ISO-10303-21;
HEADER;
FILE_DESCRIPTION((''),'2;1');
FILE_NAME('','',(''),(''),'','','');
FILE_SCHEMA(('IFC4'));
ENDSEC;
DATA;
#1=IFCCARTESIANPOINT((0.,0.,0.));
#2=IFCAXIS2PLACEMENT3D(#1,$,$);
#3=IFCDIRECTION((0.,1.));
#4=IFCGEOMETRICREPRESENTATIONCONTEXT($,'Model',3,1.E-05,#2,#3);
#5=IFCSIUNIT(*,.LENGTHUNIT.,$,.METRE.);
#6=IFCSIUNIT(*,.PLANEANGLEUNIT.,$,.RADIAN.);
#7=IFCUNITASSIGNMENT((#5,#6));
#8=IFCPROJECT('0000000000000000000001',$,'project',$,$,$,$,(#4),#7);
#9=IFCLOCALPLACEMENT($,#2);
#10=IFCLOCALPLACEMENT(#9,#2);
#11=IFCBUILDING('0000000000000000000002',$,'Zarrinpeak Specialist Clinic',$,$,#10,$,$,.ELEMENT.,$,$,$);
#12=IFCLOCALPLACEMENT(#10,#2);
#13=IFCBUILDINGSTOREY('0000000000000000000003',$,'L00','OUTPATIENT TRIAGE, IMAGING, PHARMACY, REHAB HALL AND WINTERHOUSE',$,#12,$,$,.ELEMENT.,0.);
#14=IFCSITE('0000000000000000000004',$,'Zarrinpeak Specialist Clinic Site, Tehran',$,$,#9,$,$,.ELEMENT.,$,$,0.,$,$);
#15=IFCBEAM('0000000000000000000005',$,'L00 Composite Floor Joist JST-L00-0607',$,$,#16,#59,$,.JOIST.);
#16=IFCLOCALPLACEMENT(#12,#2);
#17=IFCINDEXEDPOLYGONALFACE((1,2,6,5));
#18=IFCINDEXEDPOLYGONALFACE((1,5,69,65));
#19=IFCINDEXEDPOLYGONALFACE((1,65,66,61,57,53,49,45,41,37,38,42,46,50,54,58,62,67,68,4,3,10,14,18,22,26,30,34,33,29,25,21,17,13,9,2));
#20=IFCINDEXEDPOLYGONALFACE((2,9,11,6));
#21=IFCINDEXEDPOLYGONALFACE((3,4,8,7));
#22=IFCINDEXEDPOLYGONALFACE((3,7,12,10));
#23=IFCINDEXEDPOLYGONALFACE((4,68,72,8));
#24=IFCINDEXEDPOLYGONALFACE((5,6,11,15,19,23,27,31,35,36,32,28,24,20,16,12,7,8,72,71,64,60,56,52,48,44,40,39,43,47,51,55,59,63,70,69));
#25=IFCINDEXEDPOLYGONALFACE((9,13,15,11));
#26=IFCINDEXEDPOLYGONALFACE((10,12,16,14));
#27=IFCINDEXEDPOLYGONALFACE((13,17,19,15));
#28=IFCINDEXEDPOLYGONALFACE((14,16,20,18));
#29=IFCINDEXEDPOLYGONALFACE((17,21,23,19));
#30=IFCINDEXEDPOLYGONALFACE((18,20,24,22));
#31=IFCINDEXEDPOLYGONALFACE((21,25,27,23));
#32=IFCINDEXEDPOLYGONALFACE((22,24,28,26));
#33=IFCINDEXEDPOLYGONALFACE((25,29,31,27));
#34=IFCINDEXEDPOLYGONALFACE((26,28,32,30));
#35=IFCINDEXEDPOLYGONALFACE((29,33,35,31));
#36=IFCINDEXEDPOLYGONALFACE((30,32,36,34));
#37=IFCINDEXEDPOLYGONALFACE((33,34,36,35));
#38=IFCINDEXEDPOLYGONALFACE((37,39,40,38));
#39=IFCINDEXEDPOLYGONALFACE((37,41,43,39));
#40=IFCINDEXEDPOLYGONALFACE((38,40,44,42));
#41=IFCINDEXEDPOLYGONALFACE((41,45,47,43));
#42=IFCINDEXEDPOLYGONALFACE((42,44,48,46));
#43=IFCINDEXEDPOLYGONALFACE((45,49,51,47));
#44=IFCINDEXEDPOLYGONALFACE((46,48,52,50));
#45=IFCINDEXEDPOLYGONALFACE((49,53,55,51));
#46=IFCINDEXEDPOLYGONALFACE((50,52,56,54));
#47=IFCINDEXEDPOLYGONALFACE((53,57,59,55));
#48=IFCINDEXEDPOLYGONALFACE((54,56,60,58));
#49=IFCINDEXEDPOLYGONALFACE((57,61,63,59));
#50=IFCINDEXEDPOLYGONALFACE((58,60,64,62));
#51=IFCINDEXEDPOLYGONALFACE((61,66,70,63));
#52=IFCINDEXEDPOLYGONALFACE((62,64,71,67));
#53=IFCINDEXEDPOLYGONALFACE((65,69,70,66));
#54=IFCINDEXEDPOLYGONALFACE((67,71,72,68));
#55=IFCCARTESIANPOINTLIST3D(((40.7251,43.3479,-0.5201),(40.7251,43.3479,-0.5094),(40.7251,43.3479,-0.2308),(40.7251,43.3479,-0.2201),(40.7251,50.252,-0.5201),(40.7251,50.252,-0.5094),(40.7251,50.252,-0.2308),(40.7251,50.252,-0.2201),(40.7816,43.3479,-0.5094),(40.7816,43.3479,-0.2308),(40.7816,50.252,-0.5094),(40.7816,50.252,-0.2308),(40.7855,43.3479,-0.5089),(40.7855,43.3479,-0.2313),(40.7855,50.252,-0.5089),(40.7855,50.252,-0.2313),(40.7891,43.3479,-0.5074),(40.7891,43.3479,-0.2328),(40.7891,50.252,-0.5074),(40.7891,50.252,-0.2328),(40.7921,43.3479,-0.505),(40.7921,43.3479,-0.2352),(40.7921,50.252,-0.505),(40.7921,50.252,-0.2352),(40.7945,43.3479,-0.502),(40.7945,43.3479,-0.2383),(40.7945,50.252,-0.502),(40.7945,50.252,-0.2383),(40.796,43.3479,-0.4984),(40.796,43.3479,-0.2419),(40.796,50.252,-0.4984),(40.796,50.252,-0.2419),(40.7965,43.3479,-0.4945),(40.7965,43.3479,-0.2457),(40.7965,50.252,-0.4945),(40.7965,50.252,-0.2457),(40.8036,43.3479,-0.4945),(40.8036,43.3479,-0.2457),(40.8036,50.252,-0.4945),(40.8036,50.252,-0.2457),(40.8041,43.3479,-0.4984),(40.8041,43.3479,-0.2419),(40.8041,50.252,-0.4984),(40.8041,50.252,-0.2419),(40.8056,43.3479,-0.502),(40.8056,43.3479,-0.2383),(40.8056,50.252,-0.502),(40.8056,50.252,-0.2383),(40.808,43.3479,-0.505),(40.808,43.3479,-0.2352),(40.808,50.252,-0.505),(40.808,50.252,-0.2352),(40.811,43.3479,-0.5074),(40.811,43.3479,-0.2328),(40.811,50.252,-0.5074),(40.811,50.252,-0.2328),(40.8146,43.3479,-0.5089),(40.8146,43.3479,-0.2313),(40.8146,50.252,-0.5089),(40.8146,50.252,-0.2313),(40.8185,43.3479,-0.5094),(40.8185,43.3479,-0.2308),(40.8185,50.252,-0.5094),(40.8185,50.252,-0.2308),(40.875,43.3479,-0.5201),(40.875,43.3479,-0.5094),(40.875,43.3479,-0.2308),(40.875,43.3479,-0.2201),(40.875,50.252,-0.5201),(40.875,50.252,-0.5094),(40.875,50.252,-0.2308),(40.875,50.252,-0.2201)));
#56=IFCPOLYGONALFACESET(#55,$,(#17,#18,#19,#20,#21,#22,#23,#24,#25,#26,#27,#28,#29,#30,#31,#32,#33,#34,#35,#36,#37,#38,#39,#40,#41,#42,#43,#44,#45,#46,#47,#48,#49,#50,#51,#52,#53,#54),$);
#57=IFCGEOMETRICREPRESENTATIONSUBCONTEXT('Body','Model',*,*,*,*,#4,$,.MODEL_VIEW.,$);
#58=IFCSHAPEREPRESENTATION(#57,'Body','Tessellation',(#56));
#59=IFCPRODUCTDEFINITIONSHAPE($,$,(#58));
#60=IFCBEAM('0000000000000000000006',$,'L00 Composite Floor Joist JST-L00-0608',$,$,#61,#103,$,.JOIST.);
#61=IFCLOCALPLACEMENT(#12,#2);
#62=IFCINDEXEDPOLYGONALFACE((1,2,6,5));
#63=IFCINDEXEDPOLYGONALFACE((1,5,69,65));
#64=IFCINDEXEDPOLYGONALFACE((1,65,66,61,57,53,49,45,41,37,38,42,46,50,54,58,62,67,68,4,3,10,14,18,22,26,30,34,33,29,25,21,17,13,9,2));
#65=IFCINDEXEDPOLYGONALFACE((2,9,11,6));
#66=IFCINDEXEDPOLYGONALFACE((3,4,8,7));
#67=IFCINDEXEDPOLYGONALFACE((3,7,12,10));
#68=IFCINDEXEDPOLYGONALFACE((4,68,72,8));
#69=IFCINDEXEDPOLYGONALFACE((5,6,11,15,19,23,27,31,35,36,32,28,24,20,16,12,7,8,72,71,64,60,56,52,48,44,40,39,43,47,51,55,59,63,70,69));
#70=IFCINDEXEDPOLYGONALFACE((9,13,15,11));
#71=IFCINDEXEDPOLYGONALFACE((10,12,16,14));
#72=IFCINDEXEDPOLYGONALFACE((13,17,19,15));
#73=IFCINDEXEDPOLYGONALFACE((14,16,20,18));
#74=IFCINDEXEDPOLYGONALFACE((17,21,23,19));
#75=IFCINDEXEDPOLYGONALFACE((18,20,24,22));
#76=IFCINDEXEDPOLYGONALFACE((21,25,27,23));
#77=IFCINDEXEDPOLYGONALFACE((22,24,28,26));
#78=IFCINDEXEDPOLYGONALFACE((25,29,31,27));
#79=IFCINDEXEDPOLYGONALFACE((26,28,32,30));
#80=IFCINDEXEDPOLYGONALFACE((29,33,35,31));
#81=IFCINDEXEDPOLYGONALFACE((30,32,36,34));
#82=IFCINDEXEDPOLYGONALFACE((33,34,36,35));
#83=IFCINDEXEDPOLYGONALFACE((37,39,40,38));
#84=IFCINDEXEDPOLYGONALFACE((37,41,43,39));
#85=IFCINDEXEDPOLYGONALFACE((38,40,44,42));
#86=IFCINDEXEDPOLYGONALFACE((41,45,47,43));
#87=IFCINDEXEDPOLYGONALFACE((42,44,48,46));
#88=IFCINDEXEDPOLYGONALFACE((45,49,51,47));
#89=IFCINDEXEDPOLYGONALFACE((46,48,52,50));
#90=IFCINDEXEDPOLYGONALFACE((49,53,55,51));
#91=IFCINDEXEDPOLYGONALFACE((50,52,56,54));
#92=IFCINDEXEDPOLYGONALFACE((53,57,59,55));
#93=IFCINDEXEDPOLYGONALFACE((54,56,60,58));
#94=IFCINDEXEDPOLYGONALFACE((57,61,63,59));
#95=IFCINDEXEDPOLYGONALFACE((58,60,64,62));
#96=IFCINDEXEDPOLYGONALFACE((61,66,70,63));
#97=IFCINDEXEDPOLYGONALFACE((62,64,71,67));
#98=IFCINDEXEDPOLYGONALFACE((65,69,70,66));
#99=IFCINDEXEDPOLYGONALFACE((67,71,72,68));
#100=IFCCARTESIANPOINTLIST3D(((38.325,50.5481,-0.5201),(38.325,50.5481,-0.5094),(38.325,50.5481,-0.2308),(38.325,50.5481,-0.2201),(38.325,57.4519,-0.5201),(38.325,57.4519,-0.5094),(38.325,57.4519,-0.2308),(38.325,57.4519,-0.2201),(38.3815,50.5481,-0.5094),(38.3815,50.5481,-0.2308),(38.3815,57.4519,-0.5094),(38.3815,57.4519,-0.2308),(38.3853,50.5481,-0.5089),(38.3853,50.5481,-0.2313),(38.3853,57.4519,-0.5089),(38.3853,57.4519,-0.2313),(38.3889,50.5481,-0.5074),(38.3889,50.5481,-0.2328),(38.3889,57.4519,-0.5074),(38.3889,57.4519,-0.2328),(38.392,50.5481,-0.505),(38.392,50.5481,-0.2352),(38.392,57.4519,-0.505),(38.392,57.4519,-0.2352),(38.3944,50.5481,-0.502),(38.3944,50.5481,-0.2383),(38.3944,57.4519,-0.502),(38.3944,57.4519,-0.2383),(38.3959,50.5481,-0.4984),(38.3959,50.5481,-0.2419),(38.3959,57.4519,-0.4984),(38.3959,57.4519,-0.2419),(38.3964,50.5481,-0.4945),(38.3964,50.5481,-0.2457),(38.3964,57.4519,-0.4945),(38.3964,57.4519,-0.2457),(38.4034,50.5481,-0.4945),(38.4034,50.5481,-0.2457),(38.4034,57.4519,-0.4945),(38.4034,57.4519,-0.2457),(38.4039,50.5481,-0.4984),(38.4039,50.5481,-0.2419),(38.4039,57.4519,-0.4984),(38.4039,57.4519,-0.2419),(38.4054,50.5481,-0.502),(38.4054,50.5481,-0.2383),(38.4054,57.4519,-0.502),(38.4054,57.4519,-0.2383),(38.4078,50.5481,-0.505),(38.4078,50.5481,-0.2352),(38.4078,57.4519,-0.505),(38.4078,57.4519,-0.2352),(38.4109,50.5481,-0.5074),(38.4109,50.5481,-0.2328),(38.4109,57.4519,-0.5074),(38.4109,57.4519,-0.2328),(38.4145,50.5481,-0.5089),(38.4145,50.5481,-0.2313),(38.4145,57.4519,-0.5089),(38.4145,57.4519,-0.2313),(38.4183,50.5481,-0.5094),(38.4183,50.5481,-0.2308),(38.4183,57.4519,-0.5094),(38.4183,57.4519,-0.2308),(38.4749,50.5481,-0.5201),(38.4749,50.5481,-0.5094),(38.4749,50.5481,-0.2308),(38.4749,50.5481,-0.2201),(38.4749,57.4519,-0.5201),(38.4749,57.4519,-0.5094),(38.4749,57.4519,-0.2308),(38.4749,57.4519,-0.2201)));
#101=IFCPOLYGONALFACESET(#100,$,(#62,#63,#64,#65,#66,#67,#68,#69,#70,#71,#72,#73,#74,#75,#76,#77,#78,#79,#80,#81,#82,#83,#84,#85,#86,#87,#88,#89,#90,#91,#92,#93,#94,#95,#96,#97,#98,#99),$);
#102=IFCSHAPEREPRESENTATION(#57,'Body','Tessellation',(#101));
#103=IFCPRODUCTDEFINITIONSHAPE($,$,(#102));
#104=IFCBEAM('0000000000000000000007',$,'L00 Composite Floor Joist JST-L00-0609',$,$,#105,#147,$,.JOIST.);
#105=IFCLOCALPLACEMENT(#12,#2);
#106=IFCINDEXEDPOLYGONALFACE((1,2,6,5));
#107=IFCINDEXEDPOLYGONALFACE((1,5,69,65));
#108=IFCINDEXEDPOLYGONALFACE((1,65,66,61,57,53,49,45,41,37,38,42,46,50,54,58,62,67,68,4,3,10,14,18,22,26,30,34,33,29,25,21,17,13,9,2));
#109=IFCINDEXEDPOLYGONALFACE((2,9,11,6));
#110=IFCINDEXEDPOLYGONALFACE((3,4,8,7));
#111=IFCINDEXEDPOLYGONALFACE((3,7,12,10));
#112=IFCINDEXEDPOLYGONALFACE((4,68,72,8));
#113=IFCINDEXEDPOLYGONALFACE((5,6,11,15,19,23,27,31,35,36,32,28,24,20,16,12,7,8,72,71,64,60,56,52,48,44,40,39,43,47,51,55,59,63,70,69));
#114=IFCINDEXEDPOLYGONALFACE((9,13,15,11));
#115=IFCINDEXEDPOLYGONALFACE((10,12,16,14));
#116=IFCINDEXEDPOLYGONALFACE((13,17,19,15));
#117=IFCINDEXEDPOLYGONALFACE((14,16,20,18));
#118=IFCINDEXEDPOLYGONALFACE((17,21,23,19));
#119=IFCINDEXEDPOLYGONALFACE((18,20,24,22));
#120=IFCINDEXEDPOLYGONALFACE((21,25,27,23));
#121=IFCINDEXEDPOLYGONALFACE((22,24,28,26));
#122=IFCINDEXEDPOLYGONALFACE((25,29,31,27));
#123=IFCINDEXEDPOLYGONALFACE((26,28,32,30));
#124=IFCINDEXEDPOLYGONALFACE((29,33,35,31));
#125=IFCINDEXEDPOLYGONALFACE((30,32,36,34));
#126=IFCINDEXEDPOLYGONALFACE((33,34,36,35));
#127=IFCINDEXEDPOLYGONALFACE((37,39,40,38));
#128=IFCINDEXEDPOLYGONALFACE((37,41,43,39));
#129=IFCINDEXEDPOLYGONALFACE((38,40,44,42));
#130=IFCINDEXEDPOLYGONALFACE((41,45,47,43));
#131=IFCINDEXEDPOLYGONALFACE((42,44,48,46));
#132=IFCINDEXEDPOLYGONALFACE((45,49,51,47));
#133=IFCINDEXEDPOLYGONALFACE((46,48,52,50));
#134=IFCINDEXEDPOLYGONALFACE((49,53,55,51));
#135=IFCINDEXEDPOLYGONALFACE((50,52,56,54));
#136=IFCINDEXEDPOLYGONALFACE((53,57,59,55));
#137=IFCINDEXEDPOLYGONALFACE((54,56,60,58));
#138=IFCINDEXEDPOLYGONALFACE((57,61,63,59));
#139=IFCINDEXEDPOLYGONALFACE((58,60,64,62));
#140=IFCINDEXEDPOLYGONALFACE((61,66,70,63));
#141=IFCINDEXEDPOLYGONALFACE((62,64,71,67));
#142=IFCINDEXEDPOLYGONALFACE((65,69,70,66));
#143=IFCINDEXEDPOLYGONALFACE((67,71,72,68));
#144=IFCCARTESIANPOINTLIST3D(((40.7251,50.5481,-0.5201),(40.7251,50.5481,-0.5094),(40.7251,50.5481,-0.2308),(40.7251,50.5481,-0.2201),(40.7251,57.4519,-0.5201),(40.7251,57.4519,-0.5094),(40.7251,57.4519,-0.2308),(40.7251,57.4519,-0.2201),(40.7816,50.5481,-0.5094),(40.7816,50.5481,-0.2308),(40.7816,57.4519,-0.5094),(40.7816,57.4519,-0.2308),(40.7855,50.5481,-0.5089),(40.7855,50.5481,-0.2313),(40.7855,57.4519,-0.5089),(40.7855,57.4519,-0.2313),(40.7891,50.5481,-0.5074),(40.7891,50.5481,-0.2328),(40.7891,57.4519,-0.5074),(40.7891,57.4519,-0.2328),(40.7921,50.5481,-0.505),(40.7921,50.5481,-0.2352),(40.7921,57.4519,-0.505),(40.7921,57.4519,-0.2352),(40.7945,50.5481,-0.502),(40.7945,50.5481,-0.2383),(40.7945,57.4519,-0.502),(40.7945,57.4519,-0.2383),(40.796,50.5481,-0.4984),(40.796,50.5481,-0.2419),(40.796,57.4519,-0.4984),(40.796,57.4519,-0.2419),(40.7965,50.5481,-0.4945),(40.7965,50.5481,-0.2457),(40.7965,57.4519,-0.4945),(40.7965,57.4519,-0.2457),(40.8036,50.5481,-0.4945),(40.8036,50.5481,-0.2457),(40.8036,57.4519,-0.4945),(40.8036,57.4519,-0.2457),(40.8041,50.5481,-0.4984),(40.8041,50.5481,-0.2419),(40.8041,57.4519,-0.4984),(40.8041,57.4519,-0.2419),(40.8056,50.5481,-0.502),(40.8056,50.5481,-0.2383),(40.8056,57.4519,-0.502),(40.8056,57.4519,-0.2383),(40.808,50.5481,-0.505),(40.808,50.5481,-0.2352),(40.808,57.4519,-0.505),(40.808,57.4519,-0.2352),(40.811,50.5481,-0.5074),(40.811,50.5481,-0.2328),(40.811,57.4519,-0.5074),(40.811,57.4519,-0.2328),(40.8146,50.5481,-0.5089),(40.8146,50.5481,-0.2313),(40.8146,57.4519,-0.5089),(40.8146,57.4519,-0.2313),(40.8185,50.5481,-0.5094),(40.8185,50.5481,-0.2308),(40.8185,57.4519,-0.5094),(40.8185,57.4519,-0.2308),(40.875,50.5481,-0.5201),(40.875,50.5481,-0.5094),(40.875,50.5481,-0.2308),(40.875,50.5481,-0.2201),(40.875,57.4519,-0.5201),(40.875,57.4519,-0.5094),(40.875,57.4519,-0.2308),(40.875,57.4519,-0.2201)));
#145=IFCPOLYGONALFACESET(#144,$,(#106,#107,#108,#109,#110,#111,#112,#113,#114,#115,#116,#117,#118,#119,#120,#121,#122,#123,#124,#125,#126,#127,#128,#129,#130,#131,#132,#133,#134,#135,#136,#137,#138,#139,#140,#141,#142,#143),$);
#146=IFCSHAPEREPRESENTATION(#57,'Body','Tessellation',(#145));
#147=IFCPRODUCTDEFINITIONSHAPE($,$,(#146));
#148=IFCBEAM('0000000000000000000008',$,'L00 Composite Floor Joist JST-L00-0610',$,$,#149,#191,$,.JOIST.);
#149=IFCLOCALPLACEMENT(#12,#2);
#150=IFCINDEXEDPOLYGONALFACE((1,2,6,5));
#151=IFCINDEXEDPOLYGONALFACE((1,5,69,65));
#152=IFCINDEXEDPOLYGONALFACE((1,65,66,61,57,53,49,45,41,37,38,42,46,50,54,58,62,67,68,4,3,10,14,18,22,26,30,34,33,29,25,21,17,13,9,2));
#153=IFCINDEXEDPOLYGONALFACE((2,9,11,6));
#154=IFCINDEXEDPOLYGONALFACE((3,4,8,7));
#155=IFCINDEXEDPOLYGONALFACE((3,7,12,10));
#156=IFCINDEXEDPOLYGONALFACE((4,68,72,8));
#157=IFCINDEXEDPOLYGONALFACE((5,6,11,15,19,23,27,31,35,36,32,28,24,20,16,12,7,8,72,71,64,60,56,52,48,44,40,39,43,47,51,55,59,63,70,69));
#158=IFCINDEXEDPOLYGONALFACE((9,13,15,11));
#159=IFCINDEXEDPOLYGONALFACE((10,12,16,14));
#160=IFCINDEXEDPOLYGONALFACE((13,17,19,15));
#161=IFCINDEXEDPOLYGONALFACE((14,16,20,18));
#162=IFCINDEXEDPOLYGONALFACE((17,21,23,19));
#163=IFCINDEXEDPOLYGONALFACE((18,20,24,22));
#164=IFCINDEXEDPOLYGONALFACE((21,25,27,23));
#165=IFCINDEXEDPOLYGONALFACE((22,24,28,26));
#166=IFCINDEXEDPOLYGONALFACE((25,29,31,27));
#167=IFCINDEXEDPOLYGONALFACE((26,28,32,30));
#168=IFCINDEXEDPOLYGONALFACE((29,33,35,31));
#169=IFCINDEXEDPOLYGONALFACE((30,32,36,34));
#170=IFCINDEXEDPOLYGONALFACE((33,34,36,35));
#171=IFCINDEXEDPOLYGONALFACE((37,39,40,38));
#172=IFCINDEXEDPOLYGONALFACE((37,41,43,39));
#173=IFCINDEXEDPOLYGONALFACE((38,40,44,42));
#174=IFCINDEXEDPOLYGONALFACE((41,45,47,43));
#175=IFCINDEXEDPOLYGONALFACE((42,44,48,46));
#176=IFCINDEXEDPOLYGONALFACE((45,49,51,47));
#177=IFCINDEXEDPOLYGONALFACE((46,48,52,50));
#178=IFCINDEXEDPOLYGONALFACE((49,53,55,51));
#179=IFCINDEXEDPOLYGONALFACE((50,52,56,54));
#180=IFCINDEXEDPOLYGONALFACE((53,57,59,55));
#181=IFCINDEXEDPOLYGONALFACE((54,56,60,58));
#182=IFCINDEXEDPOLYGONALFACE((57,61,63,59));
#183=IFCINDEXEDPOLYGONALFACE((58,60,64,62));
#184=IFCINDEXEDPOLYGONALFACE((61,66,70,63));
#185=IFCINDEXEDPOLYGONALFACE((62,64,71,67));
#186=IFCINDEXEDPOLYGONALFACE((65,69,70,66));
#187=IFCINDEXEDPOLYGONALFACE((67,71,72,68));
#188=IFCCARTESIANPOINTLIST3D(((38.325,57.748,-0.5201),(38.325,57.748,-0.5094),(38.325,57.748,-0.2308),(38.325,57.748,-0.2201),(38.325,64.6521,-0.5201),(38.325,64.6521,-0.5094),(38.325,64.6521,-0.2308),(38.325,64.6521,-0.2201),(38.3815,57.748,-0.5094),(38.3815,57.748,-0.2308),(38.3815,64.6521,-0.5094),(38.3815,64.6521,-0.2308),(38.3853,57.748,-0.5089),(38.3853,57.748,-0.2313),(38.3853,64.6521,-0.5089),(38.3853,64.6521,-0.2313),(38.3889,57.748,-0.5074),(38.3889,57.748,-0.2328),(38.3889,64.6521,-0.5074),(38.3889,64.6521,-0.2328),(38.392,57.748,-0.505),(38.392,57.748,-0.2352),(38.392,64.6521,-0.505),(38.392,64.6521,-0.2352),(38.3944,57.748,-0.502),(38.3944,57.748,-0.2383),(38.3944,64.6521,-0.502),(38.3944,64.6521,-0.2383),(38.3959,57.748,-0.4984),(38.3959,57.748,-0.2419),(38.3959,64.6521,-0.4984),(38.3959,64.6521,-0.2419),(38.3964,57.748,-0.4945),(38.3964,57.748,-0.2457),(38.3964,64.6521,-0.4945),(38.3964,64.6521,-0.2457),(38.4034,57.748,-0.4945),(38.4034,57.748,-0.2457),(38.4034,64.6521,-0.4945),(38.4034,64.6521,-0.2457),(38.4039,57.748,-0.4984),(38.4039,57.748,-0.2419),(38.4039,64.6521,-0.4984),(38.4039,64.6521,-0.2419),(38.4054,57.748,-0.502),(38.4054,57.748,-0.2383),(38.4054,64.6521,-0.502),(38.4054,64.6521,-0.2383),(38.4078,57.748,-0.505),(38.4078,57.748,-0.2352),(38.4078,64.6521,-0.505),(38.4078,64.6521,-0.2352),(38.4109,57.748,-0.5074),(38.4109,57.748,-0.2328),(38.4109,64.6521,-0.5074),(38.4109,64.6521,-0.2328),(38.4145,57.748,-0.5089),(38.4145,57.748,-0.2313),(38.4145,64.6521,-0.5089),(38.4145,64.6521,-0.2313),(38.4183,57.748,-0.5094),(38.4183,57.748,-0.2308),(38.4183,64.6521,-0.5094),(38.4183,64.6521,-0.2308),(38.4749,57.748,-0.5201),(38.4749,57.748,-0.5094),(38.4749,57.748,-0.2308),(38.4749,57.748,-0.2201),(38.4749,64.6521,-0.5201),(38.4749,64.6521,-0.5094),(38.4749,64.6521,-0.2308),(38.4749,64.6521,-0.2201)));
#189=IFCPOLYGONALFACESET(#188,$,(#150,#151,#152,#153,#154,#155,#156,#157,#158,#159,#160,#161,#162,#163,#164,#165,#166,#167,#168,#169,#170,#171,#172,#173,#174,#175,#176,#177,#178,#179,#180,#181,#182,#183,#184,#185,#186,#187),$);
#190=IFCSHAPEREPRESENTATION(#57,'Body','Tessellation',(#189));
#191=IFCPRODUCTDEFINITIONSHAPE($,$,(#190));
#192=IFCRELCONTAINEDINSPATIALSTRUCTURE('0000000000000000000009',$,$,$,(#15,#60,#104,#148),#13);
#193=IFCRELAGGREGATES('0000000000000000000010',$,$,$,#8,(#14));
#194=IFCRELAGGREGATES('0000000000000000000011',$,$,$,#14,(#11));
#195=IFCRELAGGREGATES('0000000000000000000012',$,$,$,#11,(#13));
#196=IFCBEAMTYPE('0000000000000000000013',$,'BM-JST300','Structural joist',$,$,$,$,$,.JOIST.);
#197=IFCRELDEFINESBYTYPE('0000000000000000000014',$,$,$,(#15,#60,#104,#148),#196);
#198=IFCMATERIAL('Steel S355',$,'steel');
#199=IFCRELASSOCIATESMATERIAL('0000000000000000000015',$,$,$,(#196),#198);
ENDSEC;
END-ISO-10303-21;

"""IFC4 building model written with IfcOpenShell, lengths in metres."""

from ifc_helpers import new_model, si_unit, direction, frame, origin, origin_2d, place, context, subcontext, project, spatial, i_section, extrude, material, material_profile, profile_set, type_object, element, save


model = new_model("IFC4")

# Units and contexts
model_context = context("Model", 3, precision=1e-05, world=origin(), true_north=direction((0.0, 1.0)))
body_context = subcontext(model_context, "Body", "Model", "MODEL_VIEW")
ifc_project = project(units=[si_unit("LENGTHUNIT", "METRE"), si_unit("PLANEANGLEUNIT", "RADIAN")], contexts=[model_context])

# Site, building, storey
site_placement = place(None, origin())
site = spatial("IfcSite", under=ifc_project, at=site_placement, Name="Zarrinpeak Specialist Clinic Site, Tehran", CompositionType="ELEMENT", RefElevation=0.0)
building_placement = place(site_placement, origin())
building = spatial("IfcBuilding", under=site, at=building_placement, Name="Zarrinpeak Specialist Clinic", CompositionType="ELEMENT")
storey_placement = place(building_placement, origin())
storey = spatial("IfcBuildingStorey", under=building, at=storey_placement, Name="L00", Description="OUTPATIENT TRIAGE, IMAGING, PHARMACY, REHAB HALL AND WINTERHOUSE", CompositionType="ELEMENT", Elevation=0.0)

# Beams
ifc_material = material(Name="Steel S355", Category="steel")
ifc_material_profile_1 = material_profile(ifc_material, i_section(OverallWidth=0.1499, OverallDepth=0.3, WebThickness=0.0071, FlangeThickness=0.0107, FilletRadius=0.0149, at=origin_2d()), Name="IPE 300")
ifc_profile_set_1 = profile_set([ifc_material_profile_1], Name="Steel S355")
beam_type_1 = type_object("IfcBeamType", Name="BM-JST300", Description="Structural joist", PredefinedType="JOIST", material=ifc_profile_set_1)
beam_placement = place(storey_placement, frame((40.8, 43.3479, -0.3701), z_axis=(0.0, 1.0, 0.0), x_axis=(-1.0, 0.0, 0.0)))
element("IfcBeam", 1, at=beam_placement, inside=storey, type_object=beam_type_1, Name="L00 Composite Floor Joist JST-L00-0607", PredefinedType="JOIST", context=body_context, shape_type="SweptSolid", body=[
    extrude(i_section(OverallWidth=0.1499, OverallDepth=0.3, WebThickness=0.0071, FlangeThickness=0.0107, FilletRadius=0.0149, at=origin_2d()), origin(), (0.0, 0.0, 1.0), 6.9041),
])
for number, where, z_axis, x_axis, name in (
    (2, (38.3999, 50.5481, -0.3701), (0.0, 1.0, 0.0), (-1.0, 0.0, 0.0), "L00 Composite Floor Joist JST-L00-0608"),
    (3, (40.8, 50.5481, -0.3701), (0.0, 1.0, 0.0), (-1.0, 0.0, 0.0), "L00 Composite Floor Joist JST-L00-0609"),
):
    element("IfcBeam", number, at=place(storey_placement, frame(where, z_axis=z_axis, x_axis=x_axis)), inside=storey, type_object=beam_type_1, Name=name, PredefinedType="JOIST", context=body_context, shape_type="SweptSolid", body=[
        extrude(i_section(OverallWidth=0.1499, OverallDepth=0.3, WebThickness=0.0071, FlangeThickness=0.0107, FilletRadius=0.0149, at=origin_2d()), origin(), (0.0, 0.0, 1.0), 6.9038),
    ])
for number, where, z_axis, x_axis, name in (
    (4, (38.3999, 57.748, -0.3701), (0.0, 1.0, 0.0), (-1.0, 0.0, 0.0), "L00 Composite Floor Joist JST-L00-0610"),
):
    element("IfcBeam", number, at=place(storey_placement, frame(where, z_axis=z_axis, x_axis=x_axis)), inside=storey, type_object=beam_type_1, Name=name, PredefinedType="JOIST", context=body_context, shape_type="SweptSolid", body=[
        extrude(i_section(OverallWidth=0.1499, OverallDepth=0.3, WebThickness=0.0071, FlangeThickness=0.0107, FilletRadius=0.0149, at=origin_2d()), origin(), (0.0, 0.0, 1.0), 6.9041),
    ])

save(model, "model.ifc")
